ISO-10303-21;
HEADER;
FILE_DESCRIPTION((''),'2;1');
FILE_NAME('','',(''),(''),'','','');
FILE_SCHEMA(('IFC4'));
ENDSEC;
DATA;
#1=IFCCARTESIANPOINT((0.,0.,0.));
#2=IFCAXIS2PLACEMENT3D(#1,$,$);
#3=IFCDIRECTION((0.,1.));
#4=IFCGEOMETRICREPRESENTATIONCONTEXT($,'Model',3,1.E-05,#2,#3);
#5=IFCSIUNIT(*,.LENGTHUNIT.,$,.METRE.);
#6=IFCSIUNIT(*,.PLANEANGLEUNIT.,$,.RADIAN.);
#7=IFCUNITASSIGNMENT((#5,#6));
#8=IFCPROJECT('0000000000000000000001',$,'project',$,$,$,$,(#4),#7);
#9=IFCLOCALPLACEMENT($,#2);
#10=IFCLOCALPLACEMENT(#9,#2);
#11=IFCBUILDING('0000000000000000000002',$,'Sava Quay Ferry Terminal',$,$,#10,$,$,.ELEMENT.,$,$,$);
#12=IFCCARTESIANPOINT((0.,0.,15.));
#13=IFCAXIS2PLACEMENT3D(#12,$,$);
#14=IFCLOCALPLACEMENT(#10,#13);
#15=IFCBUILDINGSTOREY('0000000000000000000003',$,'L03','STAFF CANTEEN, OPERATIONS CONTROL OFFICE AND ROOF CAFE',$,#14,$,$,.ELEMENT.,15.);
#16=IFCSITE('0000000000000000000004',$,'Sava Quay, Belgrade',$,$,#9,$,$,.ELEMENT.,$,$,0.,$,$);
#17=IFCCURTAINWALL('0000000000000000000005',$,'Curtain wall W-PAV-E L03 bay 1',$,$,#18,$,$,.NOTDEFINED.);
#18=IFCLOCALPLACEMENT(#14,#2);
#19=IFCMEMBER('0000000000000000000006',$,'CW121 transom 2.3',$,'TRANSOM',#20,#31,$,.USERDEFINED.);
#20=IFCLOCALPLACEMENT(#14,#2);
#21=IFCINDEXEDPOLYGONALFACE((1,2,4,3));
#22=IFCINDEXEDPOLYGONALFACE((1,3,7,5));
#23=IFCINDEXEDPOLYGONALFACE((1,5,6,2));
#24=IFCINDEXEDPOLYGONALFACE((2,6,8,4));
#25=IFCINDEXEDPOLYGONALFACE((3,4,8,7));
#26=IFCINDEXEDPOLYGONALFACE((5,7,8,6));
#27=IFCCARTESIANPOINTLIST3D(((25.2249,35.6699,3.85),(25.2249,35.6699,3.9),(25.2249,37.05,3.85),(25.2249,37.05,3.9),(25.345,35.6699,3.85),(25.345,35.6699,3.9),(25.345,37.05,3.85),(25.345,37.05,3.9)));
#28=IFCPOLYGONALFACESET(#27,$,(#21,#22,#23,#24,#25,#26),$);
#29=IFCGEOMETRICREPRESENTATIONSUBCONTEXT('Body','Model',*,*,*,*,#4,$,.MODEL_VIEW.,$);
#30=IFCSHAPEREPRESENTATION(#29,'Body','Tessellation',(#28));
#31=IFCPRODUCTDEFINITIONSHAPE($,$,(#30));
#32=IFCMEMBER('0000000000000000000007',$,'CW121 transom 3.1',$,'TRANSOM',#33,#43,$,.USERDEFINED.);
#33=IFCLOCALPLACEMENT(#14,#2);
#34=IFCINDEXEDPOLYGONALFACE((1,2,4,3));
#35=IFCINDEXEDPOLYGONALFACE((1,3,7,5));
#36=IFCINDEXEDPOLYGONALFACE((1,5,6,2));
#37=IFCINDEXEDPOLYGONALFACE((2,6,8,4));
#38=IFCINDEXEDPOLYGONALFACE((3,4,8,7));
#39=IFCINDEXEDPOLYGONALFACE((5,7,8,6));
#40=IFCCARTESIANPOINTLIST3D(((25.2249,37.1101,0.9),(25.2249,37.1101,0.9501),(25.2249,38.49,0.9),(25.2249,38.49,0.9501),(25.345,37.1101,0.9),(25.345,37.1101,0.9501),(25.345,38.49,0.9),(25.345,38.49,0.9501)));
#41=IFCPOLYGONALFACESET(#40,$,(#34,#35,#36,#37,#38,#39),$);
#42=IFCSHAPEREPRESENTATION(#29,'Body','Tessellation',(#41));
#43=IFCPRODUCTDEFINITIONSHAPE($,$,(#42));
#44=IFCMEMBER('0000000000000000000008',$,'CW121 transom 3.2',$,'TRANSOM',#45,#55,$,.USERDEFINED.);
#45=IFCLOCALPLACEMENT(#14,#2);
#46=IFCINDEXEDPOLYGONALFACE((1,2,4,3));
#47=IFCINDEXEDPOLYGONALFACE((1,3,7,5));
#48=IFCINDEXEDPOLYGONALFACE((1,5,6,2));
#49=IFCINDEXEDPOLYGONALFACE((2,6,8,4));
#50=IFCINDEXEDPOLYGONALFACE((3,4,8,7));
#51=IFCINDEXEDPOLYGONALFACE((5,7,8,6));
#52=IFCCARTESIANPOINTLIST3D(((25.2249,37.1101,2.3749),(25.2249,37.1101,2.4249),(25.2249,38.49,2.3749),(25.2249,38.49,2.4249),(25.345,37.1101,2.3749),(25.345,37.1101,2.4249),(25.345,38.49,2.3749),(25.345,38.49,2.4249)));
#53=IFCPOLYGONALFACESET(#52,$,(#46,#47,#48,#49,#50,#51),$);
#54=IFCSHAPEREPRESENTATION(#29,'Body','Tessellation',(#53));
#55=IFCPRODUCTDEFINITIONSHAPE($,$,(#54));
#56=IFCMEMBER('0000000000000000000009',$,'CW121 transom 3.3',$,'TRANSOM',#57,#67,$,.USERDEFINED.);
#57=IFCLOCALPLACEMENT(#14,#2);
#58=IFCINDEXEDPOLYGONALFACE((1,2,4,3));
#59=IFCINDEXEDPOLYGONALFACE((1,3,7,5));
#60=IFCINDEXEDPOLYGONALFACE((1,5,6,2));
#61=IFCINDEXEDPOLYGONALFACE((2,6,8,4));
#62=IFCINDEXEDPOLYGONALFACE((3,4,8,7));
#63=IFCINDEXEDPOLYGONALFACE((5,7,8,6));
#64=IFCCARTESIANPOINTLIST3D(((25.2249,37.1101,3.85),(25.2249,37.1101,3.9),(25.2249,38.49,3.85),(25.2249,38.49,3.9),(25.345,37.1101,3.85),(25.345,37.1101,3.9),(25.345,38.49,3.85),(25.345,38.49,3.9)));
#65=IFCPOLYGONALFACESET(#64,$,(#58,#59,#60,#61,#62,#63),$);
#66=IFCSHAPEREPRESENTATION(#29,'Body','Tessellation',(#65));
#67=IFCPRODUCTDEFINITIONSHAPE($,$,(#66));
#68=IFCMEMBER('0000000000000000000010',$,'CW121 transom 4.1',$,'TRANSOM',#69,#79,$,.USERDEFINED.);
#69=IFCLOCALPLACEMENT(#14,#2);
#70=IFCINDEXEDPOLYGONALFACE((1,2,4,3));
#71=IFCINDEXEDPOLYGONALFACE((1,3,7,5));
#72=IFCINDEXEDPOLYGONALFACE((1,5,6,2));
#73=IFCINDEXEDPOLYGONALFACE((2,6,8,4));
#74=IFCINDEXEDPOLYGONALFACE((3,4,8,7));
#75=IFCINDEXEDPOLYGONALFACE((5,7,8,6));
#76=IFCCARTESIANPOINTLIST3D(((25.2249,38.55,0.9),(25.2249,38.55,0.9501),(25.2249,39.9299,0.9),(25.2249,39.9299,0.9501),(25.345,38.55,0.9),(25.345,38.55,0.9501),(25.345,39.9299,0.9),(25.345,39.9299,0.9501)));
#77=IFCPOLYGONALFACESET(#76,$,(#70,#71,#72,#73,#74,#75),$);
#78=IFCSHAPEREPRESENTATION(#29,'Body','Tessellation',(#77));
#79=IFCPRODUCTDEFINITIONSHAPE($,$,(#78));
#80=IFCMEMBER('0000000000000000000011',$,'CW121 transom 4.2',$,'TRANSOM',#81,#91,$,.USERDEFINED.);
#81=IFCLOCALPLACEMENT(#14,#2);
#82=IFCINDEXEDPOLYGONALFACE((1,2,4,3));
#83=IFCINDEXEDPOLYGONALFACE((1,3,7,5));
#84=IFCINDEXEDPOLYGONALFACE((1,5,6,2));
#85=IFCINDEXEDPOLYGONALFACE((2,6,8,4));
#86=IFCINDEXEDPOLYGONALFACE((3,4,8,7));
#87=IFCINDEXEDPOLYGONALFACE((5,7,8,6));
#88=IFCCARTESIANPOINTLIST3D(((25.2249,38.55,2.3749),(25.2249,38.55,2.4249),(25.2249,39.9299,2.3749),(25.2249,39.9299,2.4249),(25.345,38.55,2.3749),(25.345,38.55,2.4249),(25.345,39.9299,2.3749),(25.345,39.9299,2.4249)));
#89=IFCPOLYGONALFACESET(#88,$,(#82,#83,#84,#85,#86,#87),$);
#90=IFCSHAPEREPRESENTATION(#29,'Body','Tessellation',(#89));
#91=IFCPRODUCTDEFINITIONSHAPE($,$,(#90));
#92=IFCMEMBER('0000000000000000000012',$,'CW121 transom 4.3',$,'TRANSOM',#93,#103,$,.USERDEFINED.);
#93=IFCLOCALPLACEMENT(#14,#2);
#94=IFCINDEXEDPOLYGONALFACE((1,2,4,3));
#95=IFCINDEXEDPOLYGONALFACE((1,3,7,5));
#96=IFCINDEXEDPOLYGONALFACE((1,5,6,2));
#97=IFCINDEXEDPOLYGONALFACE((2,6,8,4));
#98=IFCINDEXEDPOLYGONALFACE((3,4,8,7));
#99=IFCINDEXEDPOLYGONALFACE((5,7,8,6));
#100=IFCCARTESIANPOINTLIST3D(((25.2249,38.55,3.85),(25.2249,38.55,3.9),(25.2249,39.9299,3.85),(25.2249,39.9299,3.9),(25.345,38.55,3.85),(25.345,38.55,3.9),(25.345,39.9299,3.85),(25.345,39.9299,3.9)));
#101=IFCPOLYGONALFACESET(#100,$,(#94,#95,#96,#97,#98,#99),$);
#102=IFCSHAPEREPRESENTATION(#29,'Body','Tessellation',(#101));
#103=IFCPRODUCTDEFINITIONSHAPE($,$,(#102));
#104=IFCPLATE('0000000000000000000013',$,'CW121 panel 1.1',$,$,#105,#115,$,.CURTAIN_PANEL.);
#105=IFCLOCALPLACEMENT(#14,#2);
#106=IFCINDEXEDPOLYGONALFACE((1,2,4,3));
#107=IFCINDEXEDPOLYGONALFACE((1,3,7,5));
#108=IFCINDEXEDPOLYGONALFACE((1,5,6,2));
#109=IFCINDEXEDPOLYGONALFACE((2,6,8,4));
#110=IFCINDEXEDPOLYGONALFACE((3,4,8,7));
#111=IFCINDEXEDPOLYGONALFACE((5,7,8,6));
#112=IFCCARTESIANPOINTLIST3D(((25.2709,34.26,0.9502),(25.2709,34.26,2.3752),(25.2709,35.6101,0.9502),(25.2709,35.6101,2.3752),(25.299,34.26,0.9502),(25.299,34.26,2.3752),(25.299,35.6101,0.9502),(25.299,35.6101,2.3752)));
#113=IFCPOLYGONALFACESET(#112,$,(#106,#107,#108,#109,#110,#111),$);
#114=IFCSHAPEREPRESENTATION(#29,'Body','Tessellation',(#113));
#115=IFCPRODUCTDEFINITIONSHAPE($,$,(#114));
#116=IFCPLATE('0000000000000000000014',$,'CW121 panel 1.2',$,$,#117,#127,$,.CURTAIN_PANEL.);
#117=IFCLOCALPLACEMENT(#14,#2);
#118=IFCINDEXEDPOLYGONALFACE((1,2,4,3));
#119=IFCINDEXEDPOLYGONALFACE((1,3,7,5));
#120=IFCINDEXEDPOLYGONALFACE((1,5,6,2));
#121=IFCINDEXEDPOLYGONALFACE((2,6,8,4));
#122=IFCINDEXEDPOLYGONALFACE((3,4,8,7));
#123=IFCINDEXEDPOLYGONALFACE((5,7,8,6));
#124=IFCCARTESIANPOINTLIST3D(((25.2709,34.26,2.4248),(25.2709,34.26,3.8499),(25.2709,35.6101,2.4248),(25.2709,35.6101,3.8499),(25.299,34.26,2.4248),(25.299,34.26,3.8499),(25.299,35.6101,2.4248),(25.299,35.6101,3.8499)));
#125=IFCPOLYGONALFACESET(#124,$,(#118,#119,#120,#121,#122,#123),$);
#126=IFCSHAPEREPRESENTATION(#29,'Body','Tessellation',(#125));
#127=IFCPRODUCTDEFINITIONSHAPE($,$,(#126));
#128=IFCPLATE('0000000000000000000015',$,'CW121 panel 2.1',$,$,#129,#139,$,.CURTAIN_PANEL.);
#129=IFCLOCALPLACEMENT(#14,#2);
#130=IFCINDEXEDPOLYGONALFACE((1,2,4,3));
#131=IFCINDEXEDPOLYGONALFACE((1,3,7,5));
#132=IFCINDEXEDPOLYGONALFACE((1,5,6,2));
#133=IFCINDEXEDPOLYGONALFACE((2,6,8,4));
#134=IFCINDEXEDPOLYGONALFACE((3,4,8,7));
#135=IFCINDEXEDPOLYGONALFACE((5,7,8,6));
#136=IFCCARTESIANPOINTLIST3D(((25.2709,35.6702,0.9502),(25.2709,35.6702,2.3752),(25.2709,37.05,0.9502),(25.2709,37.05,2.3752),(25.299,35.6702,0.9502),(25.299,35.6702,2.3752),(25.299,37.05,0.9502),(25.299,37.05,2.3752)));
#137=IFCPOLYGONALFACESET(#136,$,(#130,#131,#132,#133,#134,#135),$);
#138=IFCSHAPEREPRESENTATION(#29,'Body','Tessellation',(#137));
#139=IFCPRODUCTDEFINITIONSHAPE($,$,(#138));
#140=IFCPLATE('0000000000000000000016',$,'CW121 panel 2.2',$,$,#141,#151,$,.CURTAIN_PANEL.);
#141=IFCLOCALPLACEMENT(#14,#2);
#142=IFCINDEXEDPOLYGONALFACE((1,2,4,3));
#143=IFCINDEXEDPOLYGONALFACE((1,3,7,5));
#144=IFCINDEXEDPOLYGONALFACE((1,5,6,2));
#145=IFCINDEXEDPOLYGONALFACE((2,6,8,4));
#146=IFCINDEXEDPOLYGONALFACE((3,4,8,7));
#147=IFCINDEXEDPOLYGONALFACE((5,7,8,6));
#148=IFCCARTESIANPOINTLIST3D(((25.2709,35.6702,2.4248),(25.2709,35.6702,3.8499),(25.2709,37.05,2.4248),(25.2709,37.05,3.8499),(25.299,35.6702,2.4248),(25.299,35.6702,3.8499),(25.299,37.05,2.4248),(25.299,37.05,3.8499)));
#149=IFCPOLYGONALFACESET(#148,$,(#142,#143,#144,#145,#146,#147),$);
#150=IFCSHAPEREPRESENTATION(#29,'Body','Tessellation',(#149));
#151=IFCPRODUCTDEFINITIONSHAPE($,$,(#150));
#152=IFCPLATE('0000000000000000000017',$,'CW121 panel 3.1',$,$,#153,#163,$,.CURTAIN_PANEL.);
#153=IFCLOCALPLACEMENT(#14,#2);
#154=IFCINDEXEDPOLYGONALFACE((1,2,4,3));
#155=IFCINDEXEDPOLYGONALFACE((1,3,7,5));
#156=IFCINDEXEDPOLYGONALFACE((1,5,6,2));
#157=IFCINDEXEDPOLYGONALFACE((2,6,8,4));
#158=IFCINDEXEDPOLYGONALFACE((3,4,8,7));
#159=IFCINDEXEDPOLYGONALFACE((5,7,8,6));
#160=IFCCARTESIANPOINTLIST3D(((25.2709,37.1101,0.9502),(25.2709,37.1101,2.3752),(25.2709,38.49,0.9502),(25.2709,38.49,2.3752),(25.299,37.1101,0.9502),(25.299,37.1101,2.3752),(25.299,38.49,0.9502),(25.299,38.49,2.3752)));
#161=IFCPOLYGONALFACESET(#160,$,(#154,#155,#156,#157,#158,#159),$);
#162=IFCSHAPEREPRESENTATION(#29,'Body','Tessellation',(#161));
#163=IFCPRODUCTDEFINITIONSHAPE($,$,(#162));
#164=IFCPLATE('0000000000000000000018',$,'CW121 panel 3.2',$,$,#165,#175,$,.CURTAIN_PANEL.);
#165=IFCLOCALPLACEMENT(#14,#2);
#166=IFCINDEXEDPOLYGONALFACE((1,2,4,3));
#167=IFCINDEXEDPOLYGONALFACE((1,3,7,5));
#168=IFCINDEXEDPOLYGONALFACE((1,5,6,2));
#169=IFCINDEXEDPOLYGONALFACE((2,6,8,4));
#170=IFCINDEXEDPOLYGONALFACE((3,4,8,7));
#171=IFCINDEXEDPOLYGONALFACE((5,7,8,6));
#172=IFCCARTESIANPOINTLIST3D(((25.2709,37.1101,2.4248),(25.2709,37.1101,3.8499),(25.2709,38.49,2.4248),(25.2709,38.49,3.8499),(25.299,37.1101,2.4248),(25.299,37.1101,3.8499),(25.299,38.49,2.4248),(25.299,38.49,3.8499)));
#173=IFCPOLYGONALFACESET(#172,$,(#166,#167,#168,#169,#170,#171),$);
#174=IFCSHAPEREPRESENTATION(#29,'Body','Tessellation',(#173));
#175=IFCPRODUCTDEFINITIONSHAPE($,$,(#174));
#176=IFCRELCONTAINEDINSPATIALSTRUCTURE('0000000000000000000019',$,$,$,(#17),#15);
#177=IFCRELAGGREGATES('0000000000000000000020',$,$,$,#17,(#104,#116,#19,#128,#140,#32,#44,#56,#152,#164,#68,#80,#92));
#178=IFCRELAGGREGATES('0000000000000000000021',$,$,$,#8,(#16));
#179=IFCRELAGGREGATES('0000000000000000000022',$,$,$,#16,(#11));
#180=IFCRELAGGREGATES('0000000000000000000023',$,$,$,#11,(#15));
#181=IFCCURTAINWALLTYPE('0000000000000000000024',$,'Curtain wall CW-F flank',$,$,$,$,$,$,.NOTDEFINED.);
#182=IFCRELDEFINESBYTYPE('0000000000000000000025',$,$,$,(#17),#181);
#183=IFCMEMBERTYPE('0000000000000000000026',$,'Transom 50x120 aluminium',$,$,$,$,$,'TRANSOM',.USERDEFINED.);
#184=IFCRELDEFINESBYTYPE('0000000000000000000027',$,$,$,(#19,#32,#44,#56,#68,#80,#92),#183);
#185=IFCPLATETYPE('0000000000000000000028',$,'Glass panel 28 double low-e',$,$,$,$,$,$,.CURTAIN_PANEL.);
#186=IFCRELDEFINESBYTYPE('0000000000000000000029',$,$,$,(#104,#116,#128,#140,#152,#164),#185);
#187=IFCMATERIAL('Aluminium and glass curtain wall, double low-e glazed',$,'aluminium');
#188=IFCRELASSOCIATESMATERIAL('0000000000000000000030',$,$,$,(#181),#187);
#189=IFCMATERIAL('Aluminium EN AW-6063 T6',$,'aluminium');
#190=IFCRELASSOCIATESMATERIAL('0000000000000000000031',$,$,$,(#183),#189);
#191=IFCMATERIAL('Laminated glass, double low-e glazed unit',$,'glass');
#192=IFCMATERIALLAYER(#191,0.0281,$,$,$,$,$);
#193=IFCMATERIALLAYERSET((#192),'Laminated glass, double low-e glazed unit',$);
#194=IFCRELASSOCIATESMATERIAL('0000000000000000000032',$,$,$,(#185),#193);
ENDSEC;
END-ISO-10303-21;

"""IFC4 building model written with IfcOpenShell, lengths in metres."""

from ifc_helpers import new_model, si_unit, direction, frame, origin, origin_2d, place, context, subcontext, project, spatial, rectangle, extrude, material, layer, layer_set, material_profile, profile_set, type_object, element, aggregate, save


model = new_model("IFC4")

# Units and contexts
model_context = context("Model", 3, precision=1e-05, world=origin(), true_north=direction((0.0, 1.0)))
body_context = subcontext(model_context, "Body", "Model", "MODEL_VIEW")
ifc_project = project(units=[si_unit("LENGTHUNIT", "METRE"), si_unit("PLANEANGLEUNIT", "RADIAN")], contexts=[model_context])

# Site, building, storey
site_placement = place(None, origin())
site = spatial("IfcSite", under=ifc_project, at=site_placement, Name="Sava Quay, Belgrade", CompositionType="ELEMENT", RefElevation=0.0)
building_placement = place(site_placement, origin())
building = spatial("IfcBuilding", under=site, at=building_placement, Name="Sava Quay Ferry Terminal", CompositionType="ELEMENT")
storey_placement = place(building_placement, frame((0.0, 0.0, 15.0)))
storey = spatial("IfcBuildingStorey", under=building, at=storey_placement, Name="L03", Description="STAFF CANTEEN, OPERATIONS CONTROL OFFICE AND ROOF CAFE", CompositionType="ELEMENT", Elevation=15.0)

# Curtain wall, members, plates
ifc_material_1 = material(Name="Aluminium and glass curtain wall, double low-e glazed", Category="aluminium")
curtain_wall_type = type_object("IfcCurtainWallType", Name="Curtain wall CW-F flank", PredefinedType="NOTDEFINED", material=ifc_material_1)
curtain_wall_placement = place(storey_placement, origin())
curtain_wall = element("IfcCurtainWall", 1, at=curtain_wall_placement, inside=storey, type_object=curtain_wall_type, Name="Curtain wall W-PAV-E L03 bay 1", PredefinedType="NOTDEFINED")
ifc_material_2 = material(Name="Aluminium EN AW-6063 T6", Category="aluminium")
ifc_material_profile_1 = material_profile(ifc_material_2, rectangle(XDim=0.1201, YDim=0.05, at=origin_2d()), Name="Transom 50x120 aluminium")
ifc_profile_set_1 = profile_set([ifc_material_profile_1], Name="Aluminium EN AW-6063 T6")
member_type_1 = type_object("IfcMemberType", Name="Transom 50x120 aluminium", ElementType="TRANSOM", PredefinedType="USERDEFINED", material=ifc_profile_set_1)
member_1_placement = place(storey_placement, frame((25.2849, 35.6699, 3.875), z_axis=(0.0, 1.0, 0.0), x_axis=(-1.0, 0.0, 0.0)))
member_1 = element("IfcMember", 2, at=member_1_placement, type_object=member_type_1, Name="CW121 transom 2.3", ObjectType="TRANSOM", PredefinedType="USERDEFINED", context=body_context, shape_type="SweptSolid", body=[
    extrude(rectangle(XDim=0.1201, YDim=0.05, at=origin_2d()), origin(), (0.0, 0.0, 1.0), 1.3801),
])
member_2_placement = place(storey_placement, frame((25.2849, 37.1101, 0.925), z_axis=(0.0, 1.0, 0.0), x_axis=(-1.0, 0.0, 0.0)))
member_2 = element("IfcMember", 3, at=member_2_placement, type_object=member_type_1, Name="CW121 transom 3.1", ObjectType="TRANSOM", PredefinedType="USERDEFINED", context=body_context, shape_type="SweptSolid", body=[
    extrude(rectangle(XDim=0.1201, YDim=0.05, at=origin_2d()), origin(), (0.0, 0.0, 1.0), 1.3799),
])
member_3_placement = place(storey_placement, frame((25.2849, 37.1101, 2.3999), z_axis=(0.0, 1.0, 0.0), x_axis=(-1.0, 0.0, 0.0)))
member_3 = element("IfcMember", 4, at=member_3_placement, type_object=member_type_1, Name="CW121 transom 3.2", ObjectType="TRANSOM", PredefinedType="USERDEFINED", context=body_context, shape_type="SweptSolid", body=[
    extrude(rectangle(XDim=0.1201, YDim=0.05, at=origin_2d()), origin(), (0.0, 0.0, 1.0), 1.3799),
])
member_4_placement = place(storey_placement, frame((25.2849, 37.1101, 3.875), z_axis=(0.0, 1.0, 0.0), x_axis=(-1.0, 0.0, 0.0)))
member_4 = element("IfcMember", 5, at=member_4_placement, type_object=member_type_1, Name="CW121 transom 3.3", ObjectType="TRANSOM", PredefinedType="USERDEFINED", context=body_context, shape_type="SweptSolid", body=[
    extrude(rectangle(XDim=0.1201, YDim=0.05, at=origin_2d()), origin(), (0.0, 0.0, 1.0), 1.3799),
])
member_5_placement = place(storey_placement, frame((25.2849, 38.55, 0.925), z_axis=(0.0, 1.0, 0.0), x_axis=(-1.0, 0.0, 0.0)))
member_5 = element("IfcMember", 6, at=member_5_placement, type_object=member_type_1, Name="CW121 transom 4.1", ObjectType="TRANSOM", PredefinedType="USERDEFINED", context=body_context, shape_type="SweptSolid", body=[
    extrude(rectangle(XDim=0.1201, YDim=0.05, at=origin_2d()), origin(), (0.0, 0.0, 1.0), 1.3799),
])
member_6_placement = place(storey_placement, frame((25.2849, 38.55, 2.3999), z_axis=(0.0, 1.0, 0.0), x_axis=(-1.0, 0.0, 0.0)))
member_6 = element("IfcMember", 7, at=member_6_placement, type_object=member_type_1, Name="CW121 transom 4.2", ObjectType="TRANSOM", PredefinedType="USERDEFINED", context=body_context, shape_type="SweptSolid", body=[
    extrude(rectangle(XDim=0.1201, YDim=0.05, at=origin_2d()), origin(), (0.0, 0.0, 1.0), 1.3799),
])
member_7_placement = place(storey_placement, frame((25.2849, 38.55, 3.875), z_axis=(0.0, 1.0, 0.0), x_axis=(-1.0, 0.0, 0.0)))
member_7 = element("IfcMember", 8, at=member_7_placement, type_object=member_type_1, Name="CW121 transom 4.3", ObjectType="TRANSOM", PredefinedType="USERDEFINED", context=body_context, shape_type="SweptSolid", body=[
    extrude(rectangle(XDim=0.1201, YDim=0.05, at=origin_2d()), origin(), (0.0, 0.0, 1.0), 1.3799),
])
ifc_material_3 = material(Name="Laminated glass, double low-e glazed unit", Category="glass")
ifc_layer = layer(ifc_material_3, 0.0281)
ifc_layer_set = layer_set([ifc_layer], Name="Laminated glass, double low-e glazed unit")
plate_type = type_object("IfcPlateType", Name="Glass panel 28 double low-e", PredefinedType="CURTAIN_PANEL", material=ifc_layer_set)
plate_1_placement = place(storey_placement, frame((25.2849, 34.9351, 0.9502), z_axis=(0.0, 0.0, 1.0), x_axis=(0.0, 1.0, 0.0)))
plate_1 = element("IfcPlate", 9, at=plate_1_placement, type_object=plate_type, Name="CW121 panel 1.1", PredefinedType="CURTAIN_PANEL", context=body_context, shape_type="SweptSolid", body=[
    extrude(rectangle(XDim=1.3501, YDim=0.0281, at=origin_2d()), origin(), (0.0, 0.0, 1.0), 1.425),
])
plate_2_placement = place(storey_placement, frame((25.2849, 34.9351, 2.4248), z_axis=(0.0, 0.0, 1.0), x_axis=(0.0, 1.0, 0.0)))
plate_2 = element("IfcPlate", 10, at=plate_2_placement, type_object=plate_type, Name="CW121 panel 1.2", PredefinedType="CURTAIN_PANEL", context=body_context, shape_type="SweptSolid", body=[
    extrude(rectangle(XDim=1.3501, YDim=0.0281, at=origin_2d()), origin(), (0.0, 0.0, 1.0), 1.425),
])
plate_3_placement = place(storey_placement, frame((25.2849, 36.3601, 0.9502), z_axis=(0.0, 0.0, 1.0), x_axis=(0.0, 1.0, 0.0)))
plate_3 = element("IfcPlate", 11, at=plate_3_placement, type_object=plate_type, Name="CW121 panel 2.1", PredefinedType="CURTAIN_PANEL", context=body_context, shape_type="SweptSolid", body=[
    extrude(rectangle(XDim=1.3799, YDim=0.0281, at=origin_2d()), origin(), (0.0, 0.0, 1.0), 1.425),
])
plate_4_placement = place(storey_placement, frame((25.2849, 36.3601, 2.4248), z_axis=(0.0, 0.0, 1.0), x_axis=(0.0, 1.0, 0.0)))
plate_4 = element("IfcPlate", 12, at=plate_4_placement, type_object=plate_type, Name="CW121 panel 2.2", PredefinedType="CURTAIN_PANEL", context=body_context, shape_type="SweptSolid", body=[
    extrude(rectangle(XDim=1.3799, YDim=0.0281, at=origin_2d()), origin(), (0.0, 0.0, 1.0), 1.425),
])
plate_5_placement = place(storey_placement, frame((25.2849, 37.8, 0.9502), z_axis=(0.0, 0.0, 1.0), x_axis=(0.0, 1.0, 0.0)))
plate_5 = element("IfcPlate", 13, at=plate_5_placement, type_object=plate_type, Name="CW121 panel 3.1", PredefinedType="CURTAIN_PANEL", context=body_context, shape_type="SweptSolid", body=[
    extrude(rectangle(XDim=1.3799, YDim=0.0281, at=origin_2d()), origin(), (0.0, 0.0, 1.0), 1.425),
])
plate_6_placement = place(storey_placement, frame((25.2849, 37.8, 2.4248), z_axis=(0.0, 0.0, 1.0), x_axis=(0.0, 1.0, 0.0)))
plate_6 = element("IfcPlate", 14, at=plate_6_placement, type_object=plate_type, Name="CW121 panel 3.2", PredefinedType="CURTAIN_PANEL", context=body_context, shape_type="SweptSolid", body=[
    extrude(rectangle(XDim=1.3799, YDim=0.0281, at=origin_2d()), origin(), (0.0, 0.0, 1.0), 1.425),
])
aggregate(curtain_wall, [plate_1, plate_2, member_1, plate_3, plate_4, member_2, member_3, member_4, plate_5, plate_6, member_5, member_6, member_7])

save(model, "model.ifc")
